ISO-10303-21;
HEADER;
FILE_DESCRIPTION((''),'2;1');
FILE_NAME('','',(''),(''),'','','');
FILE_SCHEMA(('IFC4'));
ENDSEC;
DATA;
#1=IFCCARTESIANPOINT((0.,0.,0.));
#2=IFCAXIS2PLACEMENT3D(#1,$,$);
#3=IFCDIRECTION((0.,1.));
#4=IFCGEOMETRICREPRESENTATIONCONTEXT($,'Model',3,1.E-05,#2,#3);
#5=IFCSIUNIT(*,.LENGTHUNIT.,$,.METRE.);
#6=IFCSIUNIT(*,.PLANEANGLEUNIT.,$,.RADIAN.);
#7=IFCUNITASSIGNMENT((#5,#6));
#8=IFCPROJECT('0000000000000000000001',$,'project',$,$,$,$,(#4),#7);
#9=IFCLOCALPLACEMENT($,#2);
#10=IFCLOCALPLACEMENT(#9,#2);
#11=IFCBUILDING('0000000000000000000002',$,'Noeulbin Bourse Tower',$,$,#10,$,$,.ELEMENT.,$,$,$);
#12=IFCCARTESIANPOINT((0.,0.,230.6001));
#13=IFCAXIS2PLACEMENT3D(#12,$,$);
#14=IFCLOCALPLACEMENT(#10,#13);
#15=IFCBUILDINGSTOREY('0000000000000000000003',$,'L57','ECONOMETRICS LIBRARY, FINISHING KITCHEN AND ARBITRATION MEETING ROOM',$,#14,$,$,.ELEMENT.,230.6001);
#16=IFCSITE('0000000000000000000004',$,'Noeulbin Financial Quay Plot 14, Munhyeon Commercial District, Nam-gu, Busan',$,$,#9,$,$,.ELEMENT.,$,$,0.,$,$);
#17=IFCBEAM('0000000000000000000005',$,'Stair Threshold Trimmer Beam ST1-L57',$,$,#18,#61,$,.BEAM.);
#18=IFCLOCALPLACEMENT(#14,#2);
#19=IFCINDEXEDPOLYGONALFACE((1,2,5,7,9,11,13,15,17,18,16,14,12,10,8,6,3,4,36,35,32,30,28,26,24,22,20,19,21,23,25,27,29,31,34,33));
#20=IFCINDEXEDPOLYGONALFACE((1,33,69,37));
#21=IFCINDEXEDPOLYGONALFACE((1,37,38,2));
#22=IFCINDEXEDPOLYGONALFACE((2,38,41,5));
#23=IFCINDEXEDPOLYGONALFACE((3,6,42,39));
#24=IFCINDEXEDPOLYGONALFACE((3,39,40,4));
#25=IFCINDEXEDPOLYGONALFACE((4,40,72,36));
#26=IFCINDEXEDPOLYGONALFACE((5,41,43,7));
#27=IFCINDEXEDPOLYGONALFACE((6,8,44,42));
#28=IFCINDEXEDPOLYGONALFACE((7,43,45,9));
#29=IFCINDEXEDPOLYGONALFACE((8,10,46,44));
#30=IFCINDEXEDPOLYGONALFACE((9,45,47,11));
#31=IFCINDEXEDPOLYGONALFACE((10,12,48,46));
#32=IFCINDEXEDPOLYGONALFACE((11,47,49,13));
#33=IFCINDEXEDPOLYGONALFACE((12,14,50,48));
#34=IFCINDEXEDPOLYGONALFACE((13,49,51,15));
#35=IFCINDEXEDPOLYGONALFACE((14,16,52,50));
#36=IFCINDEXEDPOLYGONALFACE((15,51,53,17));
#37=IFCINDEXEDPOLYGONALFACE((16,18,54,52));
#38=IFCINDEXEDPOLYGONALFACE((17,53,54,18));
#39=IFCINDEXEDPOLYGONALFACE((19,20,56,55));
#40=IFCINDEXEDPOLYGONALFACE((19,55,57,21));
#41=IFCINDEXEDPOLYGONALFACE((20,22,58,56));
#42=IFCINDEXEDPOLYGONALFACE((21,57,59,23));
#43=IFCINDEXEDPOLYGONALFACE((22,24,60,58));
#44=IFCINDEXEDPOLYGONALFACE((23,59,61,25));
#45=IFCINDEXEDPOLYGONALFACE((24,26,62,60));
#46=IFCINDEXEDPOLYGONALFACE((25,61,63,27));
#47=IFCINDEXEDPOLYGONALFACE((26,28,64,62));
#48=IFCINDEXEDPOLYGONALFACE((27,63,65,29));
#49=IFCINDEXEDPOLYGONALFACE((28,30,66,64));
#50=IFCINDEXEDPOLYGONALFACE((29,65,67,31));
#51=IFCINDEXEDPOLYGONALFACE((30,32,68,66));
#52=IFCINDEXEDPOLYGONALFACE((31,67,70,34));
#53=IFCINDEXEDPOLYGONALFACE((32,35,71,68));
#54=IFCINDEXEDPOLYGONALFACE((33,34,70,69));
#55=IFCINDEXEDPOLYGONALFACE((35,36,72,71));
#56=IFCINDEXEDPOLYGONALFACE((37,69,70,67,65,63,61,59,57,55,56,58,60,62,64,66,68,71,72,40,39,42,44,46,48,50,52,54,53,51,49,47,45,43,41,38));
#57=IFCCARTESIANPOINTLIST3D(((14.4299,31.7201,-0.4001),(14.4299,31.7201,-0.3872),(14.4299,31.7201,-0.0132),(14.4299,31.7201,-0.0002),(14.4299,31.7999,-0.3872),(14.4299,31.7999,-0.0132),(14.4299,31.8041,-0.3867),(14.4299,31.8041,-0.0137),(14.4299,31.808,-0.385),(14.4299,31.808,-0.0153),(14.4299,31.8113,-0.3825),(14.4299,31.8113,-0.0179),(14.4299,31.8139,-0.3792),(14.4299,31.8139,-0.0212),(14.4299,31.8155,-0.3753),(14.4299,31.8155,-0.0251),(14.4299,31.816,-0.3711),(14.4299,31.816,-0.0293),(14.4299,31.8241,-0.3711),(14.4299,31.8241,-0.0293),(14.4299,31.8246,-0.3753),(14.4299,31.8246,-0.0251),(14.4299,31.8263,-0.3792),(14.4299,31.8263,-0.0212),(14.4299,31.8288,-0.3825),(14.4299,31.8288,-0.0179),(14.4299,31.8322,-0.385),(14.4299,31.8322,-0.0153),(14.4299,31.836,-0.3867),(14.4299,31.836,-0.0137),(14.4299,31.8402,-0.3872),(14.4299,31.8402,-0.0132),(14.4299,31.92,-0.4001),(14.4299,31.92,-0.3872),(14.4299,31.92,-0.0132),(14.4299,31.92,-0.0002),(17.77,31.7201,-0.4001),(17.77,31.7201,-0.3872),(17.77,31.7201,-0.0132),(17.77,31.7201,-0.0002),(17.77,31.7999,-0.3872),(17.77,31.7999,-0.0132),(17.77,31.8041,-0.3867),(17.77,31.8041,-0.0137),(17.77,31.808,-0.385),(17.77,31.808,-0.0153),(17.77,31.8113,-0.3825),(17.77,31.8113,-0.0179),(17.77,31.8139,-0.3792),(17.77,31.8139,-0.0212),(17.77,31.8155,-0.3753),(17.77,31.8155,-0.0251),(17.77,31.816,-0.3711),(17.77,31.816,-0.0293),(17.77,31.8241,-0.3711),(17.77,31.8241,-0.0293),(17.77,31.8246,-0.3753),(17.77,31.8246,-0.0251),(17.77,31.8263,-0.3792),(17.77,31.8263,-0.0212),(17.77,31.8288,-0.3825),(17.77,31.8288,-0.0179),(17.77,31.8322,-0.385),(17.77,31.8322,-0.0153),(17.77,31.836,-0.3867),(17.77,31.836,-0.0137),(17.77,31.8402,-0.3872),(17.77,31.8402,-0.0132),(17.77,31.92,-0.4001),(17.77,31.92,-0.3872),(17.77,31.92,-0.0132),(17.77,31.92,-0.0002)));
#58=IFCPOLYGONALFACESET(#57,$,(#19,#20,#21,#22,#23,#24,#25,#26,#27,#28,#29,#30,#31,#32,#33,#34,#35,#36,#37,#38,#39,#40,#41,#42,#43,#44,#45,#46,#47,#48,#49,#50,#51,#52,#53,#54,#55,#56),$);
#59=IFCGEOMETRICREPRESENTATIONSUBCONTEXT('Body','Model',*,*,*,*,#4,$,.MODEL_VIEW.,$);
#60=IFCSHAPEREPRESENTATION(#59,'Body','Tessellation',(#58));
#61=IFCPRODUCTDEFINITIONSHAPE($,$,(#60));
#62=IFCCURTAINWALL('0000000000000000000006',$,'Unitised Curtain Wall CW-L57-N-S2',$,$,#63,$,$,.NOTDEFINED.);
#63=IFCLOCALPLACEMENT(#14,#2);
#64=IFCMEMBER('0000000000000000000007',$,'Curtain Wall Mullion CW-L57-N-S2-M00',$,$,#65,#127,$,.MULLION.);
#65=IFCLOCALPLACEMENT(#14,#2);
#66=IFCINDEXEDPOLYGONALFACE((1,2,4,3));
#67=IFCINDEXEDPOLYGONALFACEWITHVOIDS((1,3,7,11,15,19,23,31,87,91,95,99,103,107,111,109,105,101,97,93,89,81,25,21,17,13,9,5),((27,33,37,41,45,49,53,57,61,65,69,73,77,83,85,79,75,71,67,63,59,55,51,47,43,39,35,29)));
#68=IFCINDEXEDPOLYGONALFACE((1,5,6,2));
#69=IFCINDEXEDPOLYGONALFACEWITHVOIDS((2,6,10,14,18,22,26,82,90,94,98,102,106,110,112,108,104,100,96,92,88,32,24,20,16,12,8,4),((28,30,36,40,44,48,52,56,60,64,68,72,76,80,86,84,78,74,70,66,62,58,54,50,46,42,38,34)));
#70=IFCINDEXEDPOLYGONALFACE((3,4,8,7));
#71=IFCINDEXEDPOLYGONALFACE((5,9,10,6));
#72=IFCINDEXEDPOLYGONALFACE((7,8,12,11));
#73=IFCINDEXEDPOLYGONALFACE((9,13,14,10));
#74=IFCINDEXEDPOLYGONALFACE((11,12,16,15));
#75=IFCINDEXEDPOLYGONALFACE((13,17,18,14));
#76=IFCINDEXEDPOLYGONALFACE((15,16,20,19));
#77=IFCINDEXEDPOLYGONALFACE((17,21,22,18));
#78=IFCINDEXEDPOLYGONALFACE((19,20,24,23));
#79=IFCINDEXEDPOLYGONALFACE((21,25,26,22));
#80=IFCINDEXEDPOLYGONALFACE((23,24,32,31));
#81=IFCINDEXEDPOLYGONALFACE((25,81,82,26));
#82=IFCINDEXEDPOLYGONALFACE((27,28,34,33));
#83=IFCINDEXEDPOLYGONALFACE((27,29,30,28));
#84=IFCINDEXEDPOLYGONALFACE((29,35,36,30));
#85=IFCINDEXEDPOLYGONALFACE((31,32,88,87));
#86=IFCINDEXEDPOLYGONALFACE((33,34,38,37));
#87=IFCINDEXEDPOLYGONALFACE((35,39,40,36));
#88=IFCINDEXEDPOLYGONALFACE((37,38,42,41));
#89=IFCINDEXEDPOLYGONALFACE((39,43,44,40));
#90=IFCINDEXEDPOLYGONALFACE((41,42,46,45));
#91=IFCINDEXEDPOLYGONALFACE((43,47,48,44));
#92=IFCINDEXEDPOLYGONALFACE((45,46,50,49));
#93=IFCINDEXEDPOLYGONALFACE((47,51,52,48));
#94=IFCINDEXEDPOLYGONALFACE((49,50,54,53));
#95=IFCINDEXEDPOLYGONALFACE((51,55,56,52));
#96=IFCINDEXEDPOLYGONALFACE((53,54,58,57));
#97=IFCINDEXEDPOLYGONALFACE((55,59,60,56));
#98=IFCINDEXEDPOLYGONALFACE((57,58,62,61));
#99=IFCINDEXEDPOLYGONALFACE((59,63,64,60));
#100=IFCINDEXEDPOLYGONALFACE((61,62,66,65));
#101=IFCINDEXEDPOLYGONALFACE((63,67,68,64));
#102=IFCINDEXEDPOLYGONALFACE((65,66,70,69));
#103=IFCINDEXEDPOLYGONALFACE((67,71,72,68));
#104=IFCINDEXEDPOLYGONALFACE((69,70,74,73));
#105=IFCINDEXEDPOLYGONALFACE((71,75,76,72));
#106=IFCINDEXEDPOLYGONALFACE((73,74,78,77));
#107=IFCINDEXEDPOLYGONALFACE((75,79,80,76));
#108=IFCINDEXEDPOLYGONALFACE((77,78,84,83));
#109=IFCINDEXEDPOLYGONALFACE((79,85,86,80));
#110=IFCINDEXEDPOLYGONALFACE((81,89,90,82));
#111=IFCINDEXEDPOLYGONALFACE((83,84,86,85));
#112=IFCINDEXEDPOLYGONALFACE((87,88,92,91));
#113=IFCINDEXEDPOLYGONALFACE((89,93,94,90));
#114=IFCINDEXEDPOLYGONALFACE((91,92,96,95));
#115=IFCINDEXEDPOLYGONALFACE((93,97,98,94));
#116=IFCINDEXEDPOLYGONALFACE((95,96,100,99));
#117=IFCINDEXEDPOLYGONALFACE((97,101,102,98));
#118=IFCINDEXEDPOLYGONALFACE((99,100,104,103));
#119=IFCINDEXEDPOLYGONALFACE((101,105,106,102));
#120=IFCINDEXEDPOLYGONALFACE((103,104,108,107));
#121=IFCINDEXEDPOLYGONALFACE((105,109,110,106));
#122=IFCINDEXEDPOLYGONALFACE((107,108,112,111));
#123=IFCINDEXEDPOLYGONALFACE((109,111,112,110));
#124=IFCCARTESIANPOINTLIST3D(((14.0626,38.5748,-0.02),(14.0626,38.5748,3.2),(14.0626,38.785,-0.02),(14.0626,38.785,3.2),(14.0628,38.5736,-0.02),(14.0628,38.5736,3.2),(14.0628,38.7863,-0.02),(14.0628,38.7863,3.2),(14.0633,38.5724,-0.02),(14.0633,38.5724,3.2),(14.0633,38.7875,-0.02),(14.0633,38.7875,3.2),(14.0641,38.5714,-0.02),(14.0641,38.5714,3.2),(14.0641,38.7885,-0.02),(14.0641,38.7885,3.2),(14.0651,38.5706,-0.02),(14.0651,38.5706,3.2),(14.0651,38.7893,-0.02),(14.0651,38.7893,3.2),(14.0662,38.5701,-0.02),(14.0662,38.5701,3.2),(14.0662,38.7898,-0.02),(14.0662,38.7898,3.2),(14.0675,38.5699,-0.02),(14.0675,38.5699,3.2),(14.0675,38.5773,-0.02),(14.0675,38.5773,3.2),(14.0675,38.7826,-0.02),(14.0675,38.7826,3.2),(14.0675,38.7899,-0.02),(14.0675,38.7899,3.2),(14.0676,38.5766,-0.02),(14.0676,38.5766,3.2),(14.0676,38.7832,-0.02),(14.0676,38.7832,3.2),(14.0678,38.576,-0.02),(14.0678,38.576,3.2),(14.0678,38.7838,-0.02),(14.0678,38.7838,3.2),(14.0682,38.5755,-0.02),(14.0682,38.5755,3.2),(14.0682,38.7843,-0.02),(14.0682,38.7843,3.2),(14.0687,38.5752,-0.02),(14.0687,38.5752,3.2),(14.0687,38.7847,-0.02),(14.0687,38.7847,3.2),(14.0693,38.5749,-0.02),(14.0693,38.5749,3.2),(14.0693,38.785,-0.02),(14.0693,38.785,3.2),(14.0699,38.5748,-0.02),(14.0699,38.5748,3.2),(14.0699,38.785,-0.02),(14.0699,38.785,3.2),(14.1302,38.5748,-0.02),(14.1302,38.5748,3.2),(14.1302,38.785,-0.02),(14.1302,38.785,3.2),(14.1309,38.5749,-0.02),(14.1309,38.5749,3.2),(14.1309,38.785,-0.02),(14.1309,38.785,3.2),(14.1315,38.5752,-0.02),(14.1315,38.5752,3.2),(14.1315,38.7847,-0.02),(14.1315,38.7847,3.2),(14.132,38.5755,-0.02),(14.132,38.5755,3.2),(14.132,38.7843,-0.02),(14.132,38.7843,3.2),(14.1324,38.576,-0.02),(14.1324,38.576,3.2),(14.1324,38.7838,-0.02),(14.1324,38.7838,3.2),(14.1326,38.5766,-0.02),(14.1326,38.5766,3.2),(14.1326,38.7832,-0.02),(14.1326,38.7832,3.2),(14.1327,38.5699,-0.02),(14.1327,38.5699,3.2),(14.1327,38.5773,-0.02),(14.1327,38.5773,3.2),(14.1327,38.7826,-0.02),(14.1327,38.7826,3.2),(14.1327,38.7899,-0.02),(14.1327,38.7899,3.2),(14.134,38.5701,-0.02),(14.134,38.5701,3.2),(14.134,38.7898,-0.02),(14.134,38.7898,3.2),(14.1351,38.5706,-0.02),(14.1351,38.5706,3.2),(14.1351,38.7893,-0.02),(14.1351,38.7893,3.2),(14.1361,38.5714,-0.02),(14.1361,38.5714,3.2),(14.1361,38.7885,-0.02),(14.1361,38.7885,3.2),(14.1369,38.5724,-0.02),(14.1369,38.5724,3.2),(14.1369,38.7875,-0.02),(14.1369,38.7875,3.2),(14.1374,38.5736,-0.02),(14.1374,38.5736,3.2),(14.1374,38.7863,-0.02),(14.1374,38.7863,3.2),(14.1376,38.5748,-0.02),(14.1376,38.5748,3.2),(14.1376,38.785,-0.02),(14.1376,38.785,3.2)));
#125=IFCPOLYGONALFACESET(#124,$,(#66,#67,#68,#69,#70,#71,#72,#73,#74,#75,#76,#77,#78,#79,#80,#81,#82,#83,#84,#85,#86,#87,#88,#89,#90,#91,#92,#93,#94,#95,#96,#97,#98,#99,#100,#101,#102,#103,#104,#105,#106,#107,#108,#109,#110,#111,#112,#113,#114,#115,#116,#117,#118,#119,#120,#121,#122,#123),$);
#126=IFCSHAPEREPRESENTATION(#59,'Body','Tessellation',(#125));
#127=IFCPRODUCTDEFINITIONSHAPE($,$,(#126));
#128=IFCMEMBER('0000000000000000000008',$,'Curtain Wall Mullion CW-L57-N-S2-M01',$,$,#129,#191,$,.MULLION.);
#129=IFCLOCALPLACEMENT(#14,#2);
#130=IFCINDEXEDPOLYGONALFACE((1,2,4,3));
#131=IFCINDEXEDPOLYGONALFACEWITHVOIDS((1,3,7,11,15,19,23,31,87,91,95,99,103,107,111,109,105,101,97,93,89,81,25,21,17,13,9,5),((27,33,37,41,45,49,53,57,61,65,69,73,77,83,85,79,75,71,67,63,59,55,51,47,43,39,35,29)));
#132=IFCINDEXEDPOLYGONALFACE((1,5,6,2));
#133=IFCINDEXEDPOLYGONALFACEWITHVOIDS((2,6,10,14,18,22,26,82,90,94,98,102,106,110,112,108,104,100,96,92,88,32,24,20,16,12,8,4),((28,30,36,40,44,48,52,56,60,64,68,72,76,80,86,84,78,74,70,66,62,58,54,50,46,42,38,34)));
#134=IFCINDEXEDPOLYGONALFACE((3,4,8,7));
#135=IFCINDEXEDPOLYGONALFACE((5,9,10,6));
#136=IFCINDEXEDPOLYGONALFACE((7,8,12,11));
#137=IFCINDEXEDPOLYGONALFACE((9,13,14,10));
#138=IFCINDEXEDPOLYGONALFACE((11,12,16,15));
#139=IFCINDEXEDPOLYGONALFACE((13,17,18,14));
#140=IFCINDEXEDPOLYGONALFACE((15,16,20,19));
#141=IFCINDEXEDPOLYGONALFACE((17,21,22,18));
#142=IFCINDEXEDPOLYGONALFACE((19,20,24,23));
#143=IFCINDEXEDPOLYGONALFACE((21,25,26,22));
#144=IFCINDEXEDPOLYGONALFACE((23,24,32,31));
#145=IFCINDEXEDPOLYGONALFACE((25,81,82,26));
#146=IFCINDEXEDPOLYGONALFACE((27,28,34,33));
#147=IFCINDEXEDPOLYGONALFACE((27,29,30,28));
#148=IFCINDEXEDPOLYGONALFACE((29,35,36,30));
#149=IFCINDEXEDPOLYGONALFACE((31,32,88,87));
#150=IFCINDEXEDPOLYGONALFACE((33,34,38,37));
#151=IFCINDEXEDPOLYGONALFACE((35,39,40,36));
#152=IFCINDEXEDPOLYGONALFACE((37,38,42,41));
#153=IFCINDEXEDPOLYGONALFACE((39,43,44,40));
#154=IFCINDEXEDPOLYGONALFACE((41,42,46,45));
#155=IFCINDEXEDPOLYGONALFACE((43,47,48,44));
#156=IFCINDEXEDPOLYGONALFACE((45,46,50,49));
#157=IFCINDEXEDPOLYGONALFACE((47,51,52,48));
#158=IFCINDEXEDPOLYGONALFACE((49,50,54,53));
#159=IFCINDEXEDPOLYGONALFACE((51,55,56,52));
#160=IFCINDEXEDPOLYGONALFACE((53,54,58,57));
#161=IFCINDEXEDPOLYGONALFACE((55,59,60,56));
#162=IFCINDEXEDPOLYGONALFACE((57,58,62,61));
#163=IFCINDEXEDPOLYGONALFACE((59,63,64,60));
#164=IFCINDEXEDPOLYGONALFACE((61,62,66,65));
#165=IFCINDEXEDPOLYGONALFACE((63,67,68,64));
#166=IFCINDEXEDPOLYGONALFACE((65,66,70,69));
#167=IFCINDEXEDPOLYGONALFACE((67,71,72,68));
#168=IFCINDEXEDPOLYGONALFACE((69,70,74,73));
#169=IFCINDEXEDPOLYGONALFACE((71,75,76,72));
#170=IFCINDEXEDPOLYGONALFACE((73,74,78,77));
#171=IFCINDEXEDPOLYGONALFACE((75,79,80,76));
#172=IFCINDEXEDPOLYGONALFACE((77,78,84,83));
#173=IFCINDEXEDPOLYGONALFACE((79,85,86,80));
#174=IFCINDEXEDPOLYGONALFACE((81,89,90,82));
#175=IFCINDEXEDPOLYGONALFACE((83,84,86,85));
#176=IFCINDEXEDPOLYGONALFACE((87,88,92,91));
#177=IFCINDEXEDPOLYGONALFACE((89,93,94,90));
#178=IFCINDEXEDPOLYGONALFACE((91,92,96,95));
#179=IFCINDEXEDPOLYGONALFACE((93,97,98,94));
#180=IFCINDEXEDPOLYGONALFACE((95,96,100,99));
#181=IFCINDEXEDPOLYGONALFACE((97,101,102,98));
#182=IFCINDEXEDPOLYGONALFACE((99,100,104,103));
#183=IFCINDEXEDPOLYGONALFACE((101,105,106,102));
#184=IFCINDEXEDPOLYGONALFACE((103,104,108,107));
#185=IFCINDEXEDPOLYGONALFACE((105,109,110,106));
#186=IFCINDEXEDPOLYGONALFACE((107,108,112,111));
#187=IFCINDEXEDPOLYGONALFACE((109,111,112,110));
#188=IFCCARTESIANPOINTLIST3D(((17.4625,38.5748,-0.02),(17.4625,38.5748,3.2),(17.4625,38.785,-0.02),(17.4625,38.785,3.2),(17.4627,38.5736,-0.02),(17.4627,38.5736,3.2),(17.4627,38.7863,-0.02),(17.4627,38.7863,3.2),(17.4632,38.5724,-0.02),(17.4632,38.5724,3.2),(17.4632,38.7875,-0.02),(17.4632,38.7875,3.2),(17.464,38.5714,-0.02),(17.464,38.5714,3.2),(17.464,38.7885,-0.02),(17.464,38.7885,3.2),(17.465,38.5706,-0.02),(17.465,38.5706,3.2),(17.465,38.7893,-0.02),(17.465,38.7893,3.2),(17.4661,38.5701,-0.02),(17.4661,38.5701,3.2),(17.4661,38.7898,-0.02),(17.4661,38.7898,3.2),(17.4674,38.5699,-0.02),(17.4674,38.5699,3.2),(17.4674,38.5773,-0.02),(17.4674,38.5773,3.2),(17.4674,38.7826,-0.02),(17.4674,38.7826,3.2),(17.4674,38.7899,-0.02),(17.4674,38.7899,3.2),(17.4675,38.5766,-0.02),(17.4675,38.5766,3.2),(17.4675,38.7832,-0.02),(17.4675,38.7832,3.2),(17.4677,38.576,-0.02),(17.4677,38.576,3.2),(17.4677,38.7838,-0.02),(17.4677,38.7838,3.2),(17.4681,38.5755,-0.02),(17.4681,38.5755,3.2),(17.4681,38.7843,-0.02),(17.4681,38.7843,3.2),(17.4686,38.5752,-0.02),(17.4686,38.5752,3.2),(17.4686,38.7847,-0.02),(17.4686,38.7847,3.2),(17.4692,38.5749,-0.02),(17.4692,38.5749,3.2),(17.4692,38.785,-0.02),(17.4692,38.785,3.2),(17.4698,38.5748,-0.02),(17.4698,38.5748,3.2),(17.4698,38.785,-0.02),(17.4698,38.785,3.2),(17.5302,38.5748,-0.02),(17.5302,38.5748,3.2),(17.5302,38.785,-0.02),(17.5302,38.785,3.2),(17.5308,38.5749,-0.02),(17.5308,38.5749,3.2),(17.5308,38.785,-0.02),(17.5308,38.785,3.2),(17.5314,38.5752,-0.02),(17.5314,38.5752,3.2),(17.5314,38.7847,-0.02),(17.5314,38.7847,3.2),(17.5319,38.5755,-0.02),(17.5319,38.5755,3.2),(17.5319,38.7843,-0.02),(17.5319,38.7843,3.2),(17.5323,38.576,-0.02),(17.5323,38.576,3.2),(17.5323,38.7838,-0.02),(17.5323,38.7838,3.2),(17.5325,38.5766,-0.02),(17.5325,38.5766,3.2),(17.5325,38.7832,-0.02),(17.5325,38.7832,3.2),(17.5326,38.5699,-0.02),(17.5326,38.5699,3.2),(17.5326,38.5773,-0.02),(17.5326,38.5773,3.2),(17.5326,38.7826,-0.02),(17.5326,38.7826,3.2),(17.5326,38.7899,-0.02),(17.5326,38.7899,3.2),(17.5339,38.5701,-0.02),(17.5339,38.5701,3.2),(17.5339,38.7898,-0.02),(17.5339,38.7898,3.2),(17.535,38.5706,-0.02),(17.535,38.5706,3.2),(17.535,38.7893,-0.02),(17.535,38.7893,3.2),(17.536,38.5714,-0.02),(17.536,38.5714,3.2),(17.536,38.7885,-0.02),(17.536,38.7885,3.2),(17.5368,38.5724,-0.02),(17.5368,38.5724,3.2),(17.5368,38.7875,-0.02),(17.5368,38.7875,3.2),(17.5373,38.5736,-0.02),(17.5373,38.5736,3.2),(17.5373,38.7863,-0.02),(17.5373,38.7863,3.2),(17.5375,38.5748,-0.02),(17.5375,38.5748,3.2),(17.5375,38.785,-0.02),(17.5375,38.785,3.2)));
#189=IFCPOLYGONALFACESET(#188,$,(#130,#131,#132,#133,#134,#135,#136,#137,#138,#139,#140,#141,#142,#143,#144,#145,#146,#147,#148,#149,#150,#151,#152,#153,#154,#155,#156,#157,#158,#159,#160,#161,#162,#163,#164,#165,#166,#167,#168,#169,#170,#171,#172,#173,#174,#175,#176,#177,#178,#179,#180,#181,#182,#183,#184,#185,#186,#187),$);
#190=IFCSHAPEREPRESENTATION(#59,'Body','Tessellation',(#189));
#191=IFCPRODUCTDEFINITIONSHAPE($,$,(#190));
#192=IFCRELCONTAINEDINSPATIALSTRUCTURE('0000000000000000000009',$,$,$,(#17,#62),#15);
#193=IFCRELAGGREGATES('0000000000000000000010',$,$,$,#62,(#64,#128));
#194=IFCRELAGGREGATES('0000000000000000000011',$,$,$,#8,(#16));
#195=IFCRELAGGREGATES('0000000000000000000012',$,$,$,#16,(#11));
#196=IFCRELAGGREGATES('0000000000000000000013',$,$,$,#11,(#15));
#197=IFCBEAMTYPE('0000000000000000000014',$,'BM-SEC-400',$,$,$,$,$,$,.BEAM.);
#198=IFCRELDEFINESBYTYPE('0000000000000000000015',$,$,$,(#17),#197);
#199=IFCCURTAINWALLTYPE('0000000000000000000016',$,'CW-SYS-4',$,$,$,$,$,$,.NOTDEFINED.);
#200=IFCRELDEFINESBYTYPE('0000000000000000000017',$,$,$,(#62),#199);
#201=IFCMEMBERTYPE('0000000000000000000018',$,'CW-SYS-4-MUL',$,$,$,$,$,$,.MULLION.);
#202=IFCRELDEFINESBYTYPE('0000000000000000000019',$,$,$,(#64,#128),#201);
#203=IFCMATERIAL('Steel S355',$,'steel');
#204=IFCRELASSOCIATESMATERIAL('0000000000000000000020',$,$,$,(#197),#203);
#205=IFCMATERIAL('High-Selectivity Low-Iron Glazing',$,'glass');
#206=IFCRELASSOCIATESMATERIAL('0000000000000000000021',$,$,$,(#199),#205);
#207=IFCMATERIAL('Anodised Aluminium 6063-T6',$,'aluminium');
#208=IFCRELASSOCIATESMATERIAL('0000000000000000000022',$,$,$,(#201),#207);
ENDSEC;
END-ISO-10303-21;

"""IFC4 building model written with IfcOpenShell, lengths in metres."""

from ifc_helpers import new_model, si_unit, direction, frame, origin, origin_2d, place, context, subcontext, project, spatial, hollow_rectangle, i_section, extrude, material, material_profile, profile_set, type_object, element, aggregate, save


model = new_model("IFC4")

# Units and contexts
model_context = context("Model", 3, precision=1e-05, world=origin(), true_north=direction((0.0, 1.0)))
body_context = subcontext(model_context, "Body", "Model", "MODEL_VIEW")
ifc_project = project(units=[si_unit("LENGTHUNIT", "METRE"), si_unit("PLANEANGLEUNIT", "RADIAN")], contexts=[model_context])

# Site, building, storey
site_placement = place(None, origin())
site = spatial("IfcSite", under=ifc_project, at=site_placement, Name="Noeulbin Financial Quay Plot 14, Munhyeon Commercial District, Nam-gu, Busan", CompositionType="ELEMENT", RefElevation=0.0)
building_placement = place(site_placement, origin())
building = spatial("IfcBuilding", under=site, at=building_placement, Name="Noeulbin Bourse Tower", CompositionType="ELEMENT")
storey_placement = place(building_placement, frame((0.0, 0.0, 230.6001)))
storey = spatial("IfcBuildingStorey", under=building, at=storey_placement, Name="L57", Description="ECONOMETRICS LIBRARY, FINISHING KITCHEN AND ARBITRATION MEETING ROOM", CompositionType="ELEMENT", Elevation=230.6001)

# Beam
ifc_material_1 = material(Name="Steel S355", Category="steel")
ifc_material_profile_1 = material_profile(ifc_material_1, i_section(OverallWidth=0.2, OverallDepth=0.3999, WebThickness=0.0081, FlangeThickness=0.0129, FilletRadius=0.0161, at=origin_2d()), Name="H-400x200x8x13", Category="LoadBearing")
ifc_profile_set_1 = profile_set([ifc_material_profile_1], Name="Steel S355")
beam_type = type_object("IfcBeamType", Name="BM-SEC-400", PredefinedType="BEAM", material=ifc_profile_set_1)
beam_placement = place(storey_placement, frame((14.4299, 31.8201, -0.2002), z_axis=(1.0, 0.0, 0.0), x_axis=(0.0, 1.0, 0.0)))
element("IfcBeam", 1, at=beam_placement, inside=storey, type_object=beam_type, Name="Stair Threshold Trimmer Beam ST1-L57", PredefinedType="BEAM", context=body_context, shape_type="SweptSolid", body=[
    extrude(i_section(OverallWidth=0.2, OverallDepth=0.3999, WebThickness=0.0081, FlangeThickness=0.0129, FilletRadius=0.0161, at=origin_2d()), origin(), (0.0, 0.0, 1.0), 3.3401),
])

# Curtain wall, members
ifc_material_2 = material(Name="High-Selectivity Low-Iron Glazing", Category="glass")
curtain_wall_type = type_object("IfcCurtainWallType", Name="CW-SYS-4", PredefinedType="NOTDEFINED", material=ifc_material_2)
curtain_wall_placement = place(storey_placement, origin())
curtain_wall = element("IfcCurtainWall", 2, at=curtain_wall_placement, inside=storey, type_object=curtain_wall_type, Name="Unitised Curtain Wall CW-L57-N-S2", PredefinedType="NOTDEFINED")
ifc_material_3 = material(Name="Anodised Aluminium 6063-T6", Category="aluminium")
ifc_material_profile_2 = material_profile(ifc_material_3, hollow_rectangle(XDim=0.075, YDim=0.22, WallThickness=0.0049, InnerFilletRadius=0.0024, OuterFilletRadius=0.0049, at=origin_2d()), Name="ALU-MULL-75x220x5", Category="LoadBearing")
ifc_profile_set_2 = profile_set([ifc_material_profile_2], Name="Anodised Aluminium 6063-T6")
member_type_1 = type_object("IfcMemberType", Name="CW-SYS-4-MUL", PredefinedType="MULLION", material=ifc_profile_set_2)
member_1_placement = place(storey_placement, frame((14.1001, 38.6799, -0.02), z_axis=(0.0, 0.0, 1.0), x_axis=(1.0, 0.0, 0.0)))
member_1 = element("IfcMember", 3, at=member_1_placement, type_object=member_type_1, Name="Curtain Wall Mullion CW-L57-N-S2-M00", PredefinedType="MULLION", context=body_context, shape_type="SweptSolid", body=[
    extrude(hollow_rectangle(XDim=0.075, YDim=0.22, WallThickness=0.0049, InnerFilletRadius=0.0024, OuterFilletRadius=0.0049, at=origin_2d()), origin(), (0.0, 0.0, 1.0), 3.22),
])
member_2_placement = place(storey_placement, frame((17.5, 38.6799, -0.02), z_axis=(0.0, 0.0, 1.0), x_axis=(1.0, 0.0, 0.0)))
member_2 = element("IfcMember", 4, at=member_2_placement, type_object=member_type_1, Name="Curtain Wall Mullion CW-L57-N-S2-M01", PredefinedType="MULLION", context=body_context, shape_type="SweptSolid", body=[
    extrude(hollow_rectangle(XDim=0.075, YDim=0.22, WallThickness=0.0049, InnerFilletRadius=0.0024, OuterFilletRadius=0.0049, at=origin_2d()), origin(), (0.0, 0.0, 1.0), 3.22),
])
aggregate(curtain_wall, [member_1, member_2])

save(model, "model.ifc")
